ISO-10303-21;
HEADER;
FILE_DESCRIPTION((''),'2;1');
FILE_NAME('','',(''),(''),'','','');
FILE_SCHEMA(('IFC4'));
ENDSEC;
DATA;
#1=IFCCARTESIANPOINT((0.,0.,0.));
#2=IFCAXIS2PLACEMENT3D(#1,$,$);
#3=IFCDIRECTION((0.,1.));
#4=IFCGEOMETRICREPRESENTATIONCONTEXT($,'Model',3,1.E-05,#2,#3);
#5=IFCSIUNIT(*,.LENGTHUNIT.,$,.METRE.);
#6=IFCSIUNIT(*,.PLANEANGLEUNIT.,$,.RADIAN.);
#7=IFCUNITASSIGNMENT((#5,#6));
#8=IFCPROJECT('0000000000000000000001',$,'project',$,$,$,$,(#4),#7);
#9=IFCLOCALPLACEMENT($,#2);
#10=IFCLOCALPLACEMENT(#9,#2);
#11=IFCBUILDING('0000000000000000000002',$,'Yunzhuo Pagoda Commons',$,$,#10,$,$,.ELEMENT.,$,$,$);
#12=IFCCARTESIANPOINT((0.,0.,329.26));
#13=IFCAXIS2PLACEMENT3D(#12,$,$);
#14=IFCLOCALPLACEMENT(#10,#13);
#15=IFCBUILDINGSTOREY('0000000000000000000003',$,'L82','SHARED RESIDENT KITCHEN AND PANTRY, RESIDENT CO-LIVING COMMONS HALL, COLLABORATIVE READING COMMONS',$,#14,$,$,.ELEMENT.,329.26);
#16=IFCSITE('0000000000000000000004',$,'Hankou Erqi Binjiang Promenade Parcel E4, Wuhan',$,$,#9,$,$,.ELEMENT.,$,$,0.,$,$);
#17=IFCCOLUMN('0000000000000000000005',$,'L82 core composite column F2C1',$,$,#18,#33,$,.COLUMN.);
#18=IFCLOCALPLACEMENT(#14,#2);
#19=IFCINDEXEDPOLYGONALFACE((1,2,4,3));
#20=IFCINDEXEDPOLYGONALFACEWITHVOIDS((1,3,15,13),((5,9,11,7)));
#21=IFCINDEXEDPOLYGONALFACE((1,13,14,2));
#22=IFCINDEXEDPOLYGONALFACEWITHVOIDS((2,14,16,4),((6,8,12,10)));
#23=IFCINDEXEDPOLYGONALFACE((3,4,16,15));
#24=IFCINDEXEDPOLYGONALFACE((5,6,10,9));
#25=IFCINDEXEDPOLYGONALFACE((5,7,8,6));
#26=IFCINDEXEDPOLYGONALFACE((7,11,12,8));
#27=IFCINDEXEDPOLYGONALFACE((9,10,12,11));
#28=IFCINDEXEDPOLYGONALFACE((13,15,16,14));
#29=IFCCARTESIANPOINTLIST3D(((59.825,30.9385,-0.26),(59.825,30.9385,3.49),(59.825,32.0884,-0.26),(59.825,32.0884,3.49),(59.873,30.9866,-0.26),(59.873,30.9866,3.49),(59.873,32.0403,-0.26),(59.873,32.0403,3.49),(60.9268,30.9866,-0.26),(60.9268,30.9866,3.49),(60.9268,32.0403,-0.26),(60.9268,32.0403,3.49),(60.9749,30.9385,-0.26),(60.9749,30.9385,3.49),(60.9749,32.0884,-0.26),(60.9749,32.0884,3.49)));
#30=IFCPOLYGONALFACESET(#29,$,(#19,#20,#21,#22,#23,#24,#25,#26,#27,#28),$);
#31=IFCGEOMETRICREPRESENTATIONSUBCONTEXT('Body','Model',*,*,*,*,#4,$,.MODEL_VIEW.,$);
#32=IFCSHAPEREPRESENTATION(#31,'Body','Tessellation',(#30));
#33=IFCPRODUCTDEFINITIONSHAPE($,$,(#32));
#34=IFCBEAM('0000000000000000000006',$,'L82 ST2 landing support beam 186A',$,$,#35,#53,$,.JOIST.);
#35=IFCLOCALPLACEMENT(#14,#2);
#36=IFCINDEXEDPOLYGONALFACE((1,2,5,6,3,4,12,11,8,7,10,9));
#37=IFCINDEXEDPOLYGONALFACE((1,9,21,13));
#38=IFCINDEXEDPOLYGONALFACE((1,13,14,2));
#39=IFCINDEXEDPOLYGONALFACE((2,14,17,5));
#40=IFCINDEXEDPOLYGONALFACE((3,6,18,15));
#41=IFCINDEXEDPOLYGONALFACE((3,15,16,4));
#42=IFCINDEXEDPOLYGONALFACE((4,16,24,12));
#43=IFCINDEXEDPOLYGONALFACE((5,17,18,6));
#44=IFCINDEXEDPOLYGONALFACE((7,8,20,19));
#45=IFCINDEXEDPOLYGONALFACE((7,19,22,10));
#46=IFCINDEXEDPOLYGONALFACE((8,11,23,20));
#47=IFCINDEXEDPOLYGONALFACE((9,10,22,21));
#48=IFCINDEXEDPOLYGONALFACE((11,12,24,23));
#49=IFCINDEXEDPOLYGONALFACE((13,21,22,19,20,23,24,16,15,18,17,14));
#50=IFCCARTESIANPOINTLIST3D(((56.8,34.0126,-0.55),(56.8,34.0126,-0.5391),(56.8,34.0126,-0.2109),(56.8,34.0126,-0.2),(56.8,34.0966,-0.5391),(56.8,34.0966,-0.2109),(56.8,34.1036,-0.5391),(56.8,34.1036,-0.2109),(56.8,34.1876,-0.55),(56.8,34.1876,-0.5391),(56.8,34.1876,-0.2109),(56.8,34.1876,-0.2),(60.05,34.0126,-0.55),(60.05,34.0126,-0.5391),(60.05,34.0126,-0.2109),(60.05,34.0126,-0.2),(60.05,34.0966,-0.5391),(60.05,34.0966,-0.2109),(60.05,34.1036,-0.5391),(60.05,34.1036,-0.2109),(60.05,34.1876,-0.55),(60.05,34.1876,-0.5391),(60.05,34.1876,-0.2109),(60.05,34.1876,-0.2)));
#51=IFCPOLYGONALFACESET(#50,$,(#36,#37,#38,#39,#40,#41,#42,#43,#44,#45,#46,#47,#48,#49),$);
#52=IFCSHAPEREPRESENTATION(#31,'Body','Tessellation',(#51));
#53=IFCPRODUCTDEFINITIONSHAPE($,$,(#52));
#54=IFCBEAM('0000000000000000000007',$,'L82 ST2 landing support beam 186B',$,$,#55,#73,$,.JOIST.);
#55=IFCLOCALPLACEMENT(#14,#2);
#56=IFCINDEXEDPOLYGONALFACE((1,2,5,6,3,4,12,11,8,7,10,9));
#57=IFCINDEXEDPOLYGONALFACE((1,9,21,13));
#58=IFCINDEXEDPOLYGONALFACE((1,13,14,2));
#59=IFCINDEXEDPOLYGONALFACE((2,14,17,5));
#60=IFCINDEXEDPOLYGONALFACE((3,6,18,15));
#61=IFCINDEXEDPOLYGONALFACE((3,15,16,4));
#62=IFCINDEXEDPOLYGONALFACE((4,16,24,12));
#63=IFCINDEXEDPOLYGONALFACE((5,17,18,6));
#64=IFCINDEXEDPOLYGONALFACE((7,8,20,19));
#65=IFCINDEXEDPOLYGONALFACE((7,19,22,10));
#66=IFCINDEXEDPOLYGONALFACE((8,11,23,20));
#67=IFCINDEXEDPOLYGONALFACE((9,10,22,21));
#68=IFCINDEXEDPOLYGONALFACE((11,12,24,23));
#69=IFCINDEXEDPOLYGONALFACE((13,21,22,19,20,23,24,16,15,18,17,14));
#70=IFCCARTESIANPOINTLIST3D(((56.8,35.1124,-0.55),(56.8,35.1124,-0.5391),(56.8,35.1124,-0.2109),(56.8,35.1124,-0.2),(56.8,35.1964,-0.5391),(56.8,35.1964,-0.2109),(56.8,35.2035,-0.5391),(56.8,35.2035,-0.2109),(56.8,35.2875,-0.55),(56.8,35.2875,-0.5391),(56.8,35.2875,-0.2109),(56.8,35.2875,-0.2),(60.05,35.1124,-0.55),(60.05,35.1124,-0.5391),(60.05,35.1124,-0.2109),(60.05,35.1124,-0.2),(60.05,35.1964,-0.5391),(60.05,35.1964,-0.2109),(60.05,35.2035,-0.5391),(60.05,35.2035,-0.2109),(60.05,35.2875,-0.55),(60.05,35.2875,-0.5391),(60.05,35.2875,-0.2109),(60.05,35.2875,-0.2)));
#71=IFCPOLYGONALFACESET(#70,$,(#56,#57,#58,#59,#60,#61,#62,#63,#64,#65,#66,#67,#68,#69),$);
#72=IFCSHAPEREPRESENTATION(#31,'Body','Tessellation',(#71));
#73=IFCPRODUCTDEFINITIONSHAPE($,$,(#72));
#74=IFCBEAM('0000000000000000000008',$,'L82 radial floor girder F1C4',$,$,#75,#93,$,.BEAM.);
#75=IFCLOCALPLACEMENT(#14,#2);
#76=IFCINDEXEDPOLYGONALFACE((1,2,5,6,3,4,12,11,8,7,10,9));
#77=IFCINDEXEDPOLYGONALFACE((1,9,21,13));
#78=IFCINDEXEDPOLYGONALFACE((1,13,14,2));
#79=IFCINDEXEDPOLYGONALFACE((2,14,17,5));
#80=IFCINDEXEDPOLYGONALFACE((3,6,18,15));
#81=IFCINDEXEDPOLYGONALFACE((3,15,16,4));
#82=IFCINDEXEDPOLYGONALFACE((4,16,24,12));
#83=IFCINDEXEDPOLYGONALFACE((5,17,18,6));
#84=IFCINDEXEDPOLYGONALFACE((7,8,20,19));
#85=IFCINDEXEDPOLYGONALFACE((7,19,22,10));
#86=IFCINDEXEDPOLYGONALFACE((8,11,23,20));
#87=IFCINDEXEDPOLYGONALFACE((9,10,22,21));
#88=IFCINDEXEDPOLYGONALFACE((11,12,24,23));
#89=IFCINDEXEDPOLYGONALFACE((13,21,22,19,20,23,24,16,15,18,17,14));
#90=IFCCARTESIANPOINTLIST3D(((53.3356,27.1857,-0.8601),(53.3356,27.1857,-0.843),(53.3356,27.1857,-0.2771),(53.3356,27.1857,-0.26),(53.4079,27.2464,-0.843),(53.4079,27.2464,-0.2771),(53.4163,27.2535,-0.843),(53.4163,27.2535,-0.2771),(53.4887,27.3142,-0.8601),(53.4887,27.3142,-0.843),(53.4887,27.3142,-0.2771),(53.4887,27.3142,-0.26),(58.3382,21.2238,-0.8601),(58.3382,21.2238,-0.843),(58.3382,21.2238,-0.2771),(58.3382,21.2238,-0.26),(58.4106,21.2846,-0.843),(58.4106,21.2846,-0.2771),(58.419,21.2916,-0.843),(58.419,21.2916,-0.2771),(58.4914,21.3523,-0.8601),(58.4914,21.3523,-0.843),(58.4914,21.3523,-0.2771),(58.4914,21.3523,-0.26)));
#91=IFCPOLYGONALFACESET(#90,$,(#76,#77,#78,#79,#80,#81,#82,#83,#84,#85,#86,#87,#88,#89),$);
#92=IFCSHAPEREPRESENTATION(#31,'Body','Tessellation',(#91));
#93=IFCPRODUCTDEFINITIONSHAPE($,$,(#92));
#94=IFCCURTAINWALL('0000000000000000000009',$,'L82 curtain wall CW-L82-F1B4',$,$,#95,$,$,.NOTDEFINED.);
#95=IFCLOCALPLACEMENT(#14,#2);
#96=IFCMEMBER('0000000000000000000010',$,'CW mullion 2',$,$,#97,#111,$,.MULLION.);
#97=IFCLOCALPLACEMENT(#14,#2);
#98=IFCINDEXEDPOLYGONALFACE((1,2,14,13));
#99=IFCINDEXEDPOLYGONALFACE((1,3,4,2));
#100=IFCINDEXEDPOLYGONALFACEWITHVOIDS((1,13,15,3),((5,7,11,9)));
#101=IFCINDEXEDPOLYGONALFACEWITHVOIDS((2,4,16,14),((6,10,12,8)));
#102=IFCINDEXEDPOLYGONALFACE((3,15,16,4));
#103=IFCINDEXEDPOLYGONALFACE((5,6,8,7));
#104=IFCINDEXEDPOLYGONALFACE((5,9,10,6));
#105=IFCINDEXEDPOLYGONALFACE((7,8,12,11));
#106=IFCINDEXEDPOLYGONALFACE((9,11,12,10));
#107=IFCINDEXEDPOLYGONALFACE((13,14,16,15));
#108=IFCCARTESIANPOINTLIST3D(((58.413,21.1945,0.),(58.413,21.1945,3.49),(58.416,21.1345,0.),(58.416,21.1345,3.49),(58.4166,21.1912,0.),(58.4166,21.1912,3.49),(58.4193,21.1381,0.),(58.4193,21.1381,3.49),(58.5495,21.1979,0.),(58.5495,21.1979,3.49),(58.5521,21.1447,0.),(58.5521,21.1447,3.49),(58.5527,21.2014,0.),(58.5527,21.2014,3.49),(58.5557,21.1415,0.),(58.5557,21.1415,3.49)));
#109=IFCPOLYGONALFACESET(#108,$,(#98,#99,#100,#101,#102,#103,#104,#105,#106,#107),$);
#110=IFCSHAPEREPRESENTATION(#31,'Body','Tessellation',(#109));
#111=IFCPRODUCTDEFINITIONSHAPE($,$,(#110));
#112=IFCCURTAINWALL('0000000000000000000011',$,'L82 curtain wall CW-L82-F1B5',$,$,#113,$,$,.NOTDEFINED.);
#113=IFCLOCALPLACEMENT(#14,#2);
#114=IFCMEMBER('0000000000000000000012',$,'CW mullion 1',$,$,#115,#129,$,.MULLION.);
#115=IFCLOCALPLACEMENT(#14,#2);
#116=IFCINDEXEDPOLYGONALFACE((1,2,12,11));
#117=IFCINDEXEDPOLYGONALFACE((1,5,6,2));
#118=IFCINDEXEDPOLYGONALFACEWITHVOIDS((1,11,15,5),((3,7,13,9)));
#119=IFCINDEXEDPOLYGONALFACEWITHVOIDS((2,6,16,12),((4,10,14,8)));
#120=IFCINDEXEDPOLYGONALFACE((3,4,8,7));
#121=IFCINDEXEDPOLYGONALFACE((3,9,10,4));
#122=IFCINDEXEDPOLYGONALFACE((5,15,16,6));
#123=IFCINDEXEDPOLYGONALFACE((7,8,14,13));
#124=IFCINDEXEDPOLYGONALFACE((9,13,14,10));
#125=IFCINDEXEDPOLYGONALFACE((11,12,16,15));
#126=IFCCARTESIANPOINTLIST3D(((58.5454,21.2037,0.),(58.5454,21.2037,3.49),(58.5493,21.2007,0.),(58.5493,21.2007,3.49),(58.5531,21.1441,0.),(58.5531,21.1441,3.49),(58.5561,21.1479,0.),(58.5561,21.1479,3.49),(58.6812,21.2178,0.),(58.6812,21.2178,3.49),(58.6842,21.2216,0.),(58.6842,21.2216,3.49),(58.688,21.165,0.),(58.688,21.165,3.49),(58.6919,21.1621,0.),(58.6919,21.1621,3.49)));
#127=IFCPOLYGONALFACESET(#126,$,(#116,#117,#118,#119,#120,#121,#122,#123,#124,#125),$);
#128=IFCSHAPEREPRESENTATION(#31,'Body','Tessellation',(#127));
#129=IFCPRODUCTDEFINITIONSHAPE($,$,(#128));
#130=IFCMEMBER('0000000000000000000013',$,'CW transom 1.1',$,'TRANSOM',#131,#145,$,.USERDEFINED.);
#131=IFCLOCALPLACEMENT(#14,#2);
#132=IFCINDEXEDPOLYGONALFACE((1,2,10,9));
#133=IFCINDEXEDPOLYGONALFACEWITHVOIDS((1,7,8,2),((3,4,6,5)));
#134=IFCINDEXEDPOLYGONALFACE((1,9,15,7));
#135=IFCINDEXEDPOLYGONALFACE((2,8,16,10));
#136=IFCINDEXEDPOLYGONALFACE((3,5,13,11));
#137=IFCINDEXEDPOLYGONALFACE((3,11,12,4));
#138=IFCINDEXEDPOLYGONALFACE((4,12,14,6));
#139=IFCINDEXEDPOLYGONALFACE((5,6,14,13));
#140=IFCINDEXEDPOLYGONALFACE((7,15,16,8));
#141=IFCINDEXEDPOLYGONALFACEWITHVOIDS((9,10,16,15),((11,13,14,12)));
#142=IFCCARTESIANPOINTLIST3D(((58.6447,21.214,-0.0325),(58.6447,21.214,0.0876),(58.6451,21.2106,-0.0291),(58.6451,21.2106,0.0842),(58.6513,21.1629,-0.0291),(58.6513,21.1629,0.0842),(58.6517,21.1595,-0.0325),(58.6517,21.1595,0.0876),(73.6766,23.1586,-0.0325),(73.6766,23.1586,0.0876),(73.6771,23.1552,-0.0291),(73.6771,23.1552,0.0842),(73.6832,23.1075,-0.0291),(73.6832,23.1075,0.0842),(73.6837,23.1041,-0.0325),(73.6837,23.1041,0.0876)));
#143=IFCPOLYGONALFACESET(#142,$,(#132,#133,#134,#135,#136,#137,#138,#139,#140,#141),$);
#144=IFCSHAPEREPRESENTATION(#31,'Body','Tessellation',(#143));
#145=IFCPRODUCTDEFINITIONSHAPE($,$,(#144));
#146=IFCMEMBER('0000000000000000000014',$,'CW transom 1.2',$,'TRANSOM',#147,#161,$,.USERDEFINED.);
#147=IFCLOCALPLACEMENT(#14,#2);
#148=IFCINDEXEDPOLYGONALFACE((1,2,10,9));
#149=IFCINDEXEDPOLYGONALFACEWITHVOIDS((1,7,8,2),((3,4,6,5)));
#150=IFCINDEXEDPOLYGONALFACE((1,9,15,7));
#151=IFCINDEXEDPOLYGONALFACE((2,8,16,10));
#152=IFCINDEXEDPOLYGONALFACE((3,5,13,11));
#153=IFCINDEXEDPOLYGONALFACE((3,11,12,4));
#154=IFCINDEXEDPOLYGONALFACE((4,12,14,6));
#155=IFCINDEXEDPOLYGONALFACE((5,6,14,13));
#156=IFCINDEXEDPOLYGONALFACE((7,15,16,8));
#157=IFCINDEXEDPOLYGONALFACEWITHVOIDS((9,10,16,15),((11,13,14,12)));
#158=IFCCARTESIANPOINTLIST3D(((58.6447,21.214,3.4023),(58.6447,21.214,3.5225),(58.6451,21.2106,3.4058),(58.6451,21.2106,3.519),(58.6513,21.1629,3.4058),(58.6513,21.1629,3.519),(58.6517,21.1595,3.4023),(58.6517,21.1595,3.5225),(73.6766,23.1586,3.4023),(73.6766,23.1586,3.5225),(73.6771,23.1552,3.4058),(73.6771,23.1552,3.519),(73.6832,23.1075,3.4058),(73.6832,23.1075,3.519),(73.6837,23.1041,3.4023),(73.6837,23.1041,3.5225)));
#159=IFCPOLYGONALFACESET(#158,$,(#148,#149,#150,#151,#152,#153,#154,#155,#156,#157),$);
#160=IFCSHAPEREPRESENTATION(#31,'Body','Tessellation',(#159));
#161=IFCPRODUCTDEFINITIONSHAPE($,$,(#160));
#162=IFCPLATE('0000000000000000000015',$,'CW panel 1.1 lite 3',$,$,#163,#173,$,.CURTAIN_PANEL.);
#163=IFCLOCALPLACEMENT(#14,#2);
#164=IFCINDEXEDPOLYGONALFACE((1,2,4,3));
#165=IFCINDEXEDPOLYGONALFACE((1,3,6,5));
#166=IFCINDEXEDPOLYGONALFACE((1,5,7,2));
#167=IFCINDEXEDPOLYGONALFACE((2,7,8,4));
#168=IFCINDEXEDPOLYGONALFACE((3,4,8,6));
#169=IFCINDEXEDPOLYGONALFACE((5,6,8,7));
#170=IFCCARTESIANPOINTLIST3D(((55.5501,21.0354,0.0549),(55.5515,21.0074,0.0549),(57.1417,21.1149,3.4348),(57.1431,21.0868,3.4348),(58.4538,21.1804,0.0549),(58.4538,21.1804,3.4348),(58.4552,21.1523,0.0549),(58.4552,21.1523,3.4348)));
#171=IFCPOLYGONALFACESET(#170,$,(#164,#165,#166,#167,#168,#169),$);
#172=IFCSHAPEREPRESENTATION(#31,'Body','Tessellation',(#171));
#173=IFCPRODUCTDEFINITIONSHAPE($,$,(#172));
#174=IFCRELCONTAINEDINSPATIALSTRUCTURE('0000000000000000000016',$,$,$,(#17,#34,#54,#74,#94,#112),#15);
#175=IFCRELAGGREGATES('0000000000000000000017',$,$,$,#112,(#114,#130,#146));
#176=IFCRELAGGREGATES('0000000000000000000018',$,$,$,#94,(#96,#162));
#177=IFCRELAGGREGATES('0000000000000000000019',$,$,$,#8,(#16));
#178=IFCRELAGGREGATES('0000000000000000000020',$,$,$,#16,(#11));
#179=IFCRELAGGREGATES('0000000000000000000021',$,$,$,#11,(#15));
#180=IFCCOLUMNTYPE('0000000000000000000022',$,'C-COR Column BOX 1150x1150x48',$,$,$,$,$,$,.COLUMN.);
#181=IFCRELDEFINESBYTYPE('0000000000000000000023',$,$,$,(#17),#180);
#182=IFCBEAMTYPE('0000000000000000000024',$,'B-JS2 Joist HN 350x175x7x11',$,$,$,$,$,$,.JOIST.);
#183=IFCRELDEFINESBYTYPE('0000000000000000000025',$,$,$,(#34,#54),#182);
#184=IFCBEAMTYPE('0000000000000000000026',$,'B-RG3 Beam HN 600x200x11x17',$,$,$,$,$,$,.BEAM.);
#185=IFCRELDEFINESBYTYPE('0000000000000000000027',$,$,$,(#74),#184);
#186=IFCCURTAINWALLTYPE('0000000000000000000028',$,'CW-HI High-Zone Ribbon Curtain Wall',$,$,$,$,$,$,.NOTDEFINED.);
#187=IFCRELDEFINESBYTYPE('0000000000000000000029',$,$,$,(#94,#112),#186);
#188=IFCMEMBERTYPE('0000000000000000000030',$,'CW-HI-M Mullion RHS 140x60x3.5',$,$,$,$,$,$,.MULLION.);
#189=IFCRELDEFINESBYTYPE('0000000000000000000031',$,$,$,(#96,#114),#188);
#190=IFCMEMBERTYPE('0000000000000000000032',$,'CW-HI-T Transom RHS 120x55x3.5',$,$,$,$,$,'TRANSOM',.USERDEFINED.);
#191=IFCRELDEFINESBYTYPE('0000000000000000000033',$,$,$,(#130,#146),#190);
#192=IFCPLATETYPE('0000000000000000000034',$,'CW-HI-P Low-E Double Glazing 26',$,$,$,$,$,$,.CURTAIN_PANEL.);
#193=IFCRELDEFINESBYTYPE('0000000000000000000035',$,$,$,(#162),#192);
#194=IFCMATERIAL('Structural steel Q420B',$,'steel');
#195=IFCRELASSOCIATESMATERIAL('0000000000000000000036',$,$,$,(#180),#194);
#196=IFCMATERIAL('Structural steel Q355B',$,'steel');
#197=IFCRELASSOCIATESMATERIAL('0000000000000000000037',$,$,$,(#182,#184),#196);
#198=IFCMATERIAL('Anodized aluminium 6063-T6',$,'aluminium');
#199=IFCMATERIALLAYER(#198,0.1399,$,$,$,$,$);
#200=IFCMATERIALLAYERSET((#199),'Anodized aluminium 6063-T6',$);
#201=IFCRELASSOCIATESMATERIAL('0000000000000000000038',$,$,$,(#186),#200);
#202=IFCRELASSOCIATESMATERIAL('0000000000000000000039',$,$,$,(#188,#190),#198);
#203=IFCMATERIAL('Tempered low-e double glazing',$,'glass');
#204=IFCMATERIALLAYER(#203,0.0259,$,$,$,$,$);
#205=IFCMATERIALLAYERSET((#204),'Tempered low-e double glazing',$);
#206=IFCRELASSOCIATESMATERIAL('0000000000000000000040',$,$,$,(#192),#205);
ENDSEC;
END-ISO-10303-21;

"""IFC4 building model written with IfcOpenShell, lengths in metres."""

from ifc_helpers import new_model, si_unit, direction, frame, origin, origin_2d, place, context, subcontext, project, spatial, polyline, hollow_rectangle, i_section, outline, extrude, source, transform, mapped, material, layer, layer_set, material_profile, profile_set, type_object, element, aggregate, save


model = new_model("IFC4")

# Units and contexts
model_context = context("Model", 3, precision=1e-05, world=origin(), true_north=direction((0.0, 1.0)))
body_context = subcontext(model_context, "Body", "Model", "MODEL_VIEW")
ifc_project = project(units=[si_unit("LENGTHUNIT", "METRE"), si_unit("PLANEANGLEUNIT", "RADIAN")], contexts=[model_context])

# Site, building, storey
site_placement = place(None, origin())
site = spatial("IfcSite", under=ifc_project, at=site_placement, Name="Hankou Erqi Binjiang Promenade Parcel E4, Wuhan", CompositionType="ELEMENT", RefElevation=0.0)
building_placement = place(site_placement, origin())
building = spatial("IfcBuilding", under=site, at=building_placement, Name="Yunzhuo Pagoda Commons", CompositionType="ELEMENT")
storey_placement = place(building_placement, frame((0.0, 0.0, 329.26)))
storey = spatial("IfcBuildingStorey", under=building, at=storey_placement, Name="L82", Description="SHARED RESIDENT KITCHEN AND PANTRY, RESIDENT CO-LIVING COMMONS HALL, COLLABORATIVE READING COMMONS", CompositionType="ELEMENT", Elevation=329.26)

# Column
ifc_material_1 = material(Name="Structural steel Q420B", Category="steel")
ifc_material_profile_1 = material_profile(ifc_material_1, hollow_rectangle(XDim=1.1499, YDim=1.1499, WallThickness=0.0481, at=origin_2d()), Name="Structural steel Q420B")
ifc_profile_set_1 = profile_set([ifc_material_profile_1], Name="Structural steel Q420B")
column_type = type_object("IfcColumnType", Name="C-COR Column BOX 1150x1150x48", PredefinedType="COLUMN", material=ifc_profile_set_1)
shared_shape_1 = source(origin(), body_context, "Body", "SweptSolid", [
    extrude(hollow_rectangle(XDim=1.1499, YDim=1.1499, WallThickness=0.0481, at=origin_2d()), origin(), (0.0, 0.0, 1.0), 3.75),
])
column_placement = place(storey_placement, frame((60.3999, 31.5134, -0.26), z_axis=(0.0, 0.0, 1.0), x_axis=(1.0, 0.0, 0.0)))
element("IfcColumn", 1, at=column_placement, inside=storey, type_object=column_type, Name="L82 core composite column F2C1", PredefinedType="COLUMN", context=body_context, shape_type="MappedRepresentation", body=[
    mapped(shared_shape_1, transform((0.0, 0.0, 0.0), scale=1.0)),
])

# Beams
ifc_material_2 = material(Name="Structural steel Q355B", Category="steel")
ifc_material_profile_2 = material_profile(ifc_material_2, i_section(OverallWidth=0.175, OverallDepth=0.3501, WebThickness=0.0071, FlangeThickness=0.011, at=origin_2d()), Name="Structural steel Q355B")
ifc_profile_set_2 = profile_set([ifc_material_profile_2], Name="Structural steel Q355B")
beam_type_1 = type_object("IfcBeamType", Name="B-JS2 Joist HN 350x175x7x11", PredefinedType="JOIST", material=ifc_profile_set_2)
shared_shape_2 = source(origin(), body_context, "Body", "SweptSolid", [
    extrude(i_section(OverallWidth=0.175, OverallDepth=0.3501, WebThickness=0.0071, FlangeThickness=0.011, at=origin_2d()), origin(), (0.0, 0.0, 1.0), 3.25),
])
for number, where, z_axis, x_axis, name in (
    (2, (56.8, 34.1001, -0.375), (1.0, 0.0, 0.0), (0.0, 1.0, 0.0), "L82 ST2 landing support beam 186A"),
    (3, (56.8, 35.2, -0.375), (1.0, 0.0, 0.0), (0.0, 1.0, 0.0), "L82 ST2 landing support beam 186B"),
):
    element("IfcBeam", number, at=place(storey_placement, frame(where, z_axis=z_axis, x_axis=x_axis)), inside=storey, type_object=beam_type_1, Name=name, PredefinedType="JOIST", context=body_context, shape_type="MappedRepresentation", body=[
        mapped(shared_shape_2, transform((0.0, 0.0, 0.0), scale=1.0)),
    ])
ifc_material_profile_3 = material_profile(ifc_material_2, i_section(OverallWidth=0.2, OverallDepth=0.6001, WebThickness=0.011, FlangeThickness=0.0171, at=origin_2d()), Name="Structural steel Q355B")
ifc_profile_set_3 = profile_set([ifc_material_profile_3], Name="Structural steel Q355B")
beam_type_2 = type_object("IfcBeamType", Name="B-RG3 Beam HN 600x200x11x17", PredefinedType="BEAM", material=ifc_profile_set_3)
shared_shape_3 = source(origin(), body_context, "Body", "SweptSolid", [
    extrude(i_section(OverallWidth=0.2, OverallDepth=0.6001, WebThickness=0.011, FlangeThickness=0.0171, at=origin_2d()), origin(), (0.0, 0.0, 1.0), 7.7827),
])
beam_placement = place(storey_placement, frame((58.4148, 21.2881, -0.5601), z_axis=(-0.642791, 0.766042, 0.0), x_axis=(-0.766042, -0.642791, 0.0)))
element("IfcBeam", 4, at=beam_placement, inside=storey, type_object=beam_type_2, Name="L82 radial floor girder F1C4", PredefinedType="BEAM", context=body_context, shape_type="MappedRepresentation", body=[
    mapped(shared_shape_3, transform((0.0, 0.0, 0.0), scale=1.0)),
])

# Curtain wall, member
ifc_material_3 = material(Name="Anodized aluminium 6063-T6", Category="aluminium")
ifc_layer_1 = layer(ifc_material_3, 0.1399)
ifc_layer_set_1 = layer_set([ifc_layer_1], Name="Anodized aluminium 6063-T6")
curtain_wall_type = type_object("IfcCurtainWallType", Name="CW-HI High-Zone Ribbon Curtain Wall", PredefinedType="NOTDEFINED", material=ifc_layer_set_1)
curtain_wall_1_placement = place(storey_placement, origin())
curtain_wall_1 = element("IfcCurtainWall", 5, at=curtain_wall_1_placement, inside=storey, type_object=curtain_wall_type, Name="L82 curtain wall CW-L82-F1B4", PredefinedType="NOTDEFINED")
ifc_material_profile_4 = material_profile(ifc_material_3, hollow_rectangle(XDim=0.0601, YDim=0.1399, WallThickness=0.0034, at=origin_2d()), Name="Anodized aluminium 6063-T6")
ifc_profile_set_4 = profile_set([ifc_material_profile_4], Name="Anodized aluminium 6063-T6")
member_type_1 = type_object("IfcMemberType", Name="CW-HI-M Mullion RHS 140x60x3.5", PredefinedType="MULLION", material=ifc_profile_set_4)
shared_shape_4 = source(origin(), body_context, "Body", "SweptSolid", [
    extrude(hollow_rectangle(XDim=0.0601, YDim=0.1399, WallThickness=0.0034, at=origin_2d()), origin(), (0.0, 0.0, 1.0), 3.49),
])
member_1_placement = place(storey_placement, frame((58.4844, 21.168, 0.0), z_axis=(0.0, 0.0, 1.0), x_axis=(-0.04985, 0.998757, 0.0)))
member_1 = element("IfcMember", 6, at=member_1_placement, type_object=member_type_1, Name="CW mullion 2", PredefinedType="MULLION", context=body_context, shape_type="MappedRepresentation", body=[
    mapped(shared_shape_4, transform((0.0, 0.0, 0.0), scale=1.0)),
])

# Curtain wall, members
curtain_wall_2_placement = place(storey_placement, origin())
curtain_wall_2 = element("IfcCurtainWall", 7, at=curtain_wall_2_placement, inside=storey, type_object=curtain_wall_type, Name="L82 curtain wall CW-L82-F1B5", PredefinedType="NOTDEFINED")
member_2_placement = place(storey_placement, frame((58.6187, 21.1829, 0.0), z_axis=(0.0, 0.0, 1.0), x_axis=(-0.128276, 0.991739, 0.0)))
member_2 = element("IfcMember", 8, at=member_2_placement, type_object=member_type_1, Name="CW mullion 1", PredefinedType="MULLION", context=body_context, shape_type="MappedRepresentation", body=[
    mapped(shared_shape_4, transform((0.0, 0.0, 0.0), scale=1.0)),
])
ifc_material_profile_5 = material_profile(ifc_material_3, hollow_rectangle(XDim=0.0549, YDim=0.1201, WallThickness=0.0034, at=origin_2d()), Name="Anodized aluminium 6063-T6")
ifc_profile_set_5 = profile_set([ifc_material_profile_5], Name="Anodized aluminium 6063-T6")
member_type_2 = type_object("IfcMemberType", Name="CW-HI-T Transom RHS 120x55x3.5", ElementType="TRANSOM", PredefinedType="USERDEFINED", material=ifc_profile_set_5)
shared_shape_5 = source(origin(), body_context, "Body", "SweptSolid", [
    extrude(hollow_rectangle(XDim=0.0549, YDim=0.1201, WallThickness=0.0034, at=origin_2d()), origin(), (0.0, 0.0, 1.0), 15.1572),
])
member_3_placement = place(storey_placement, frame((58.6482, 21.1868, 0.0276), z_axis=(0.991736, 0.128294, 0.0), x_axis=(-0.128294, 0.991736, 0.0)))
member_3 = element("IfcMember", 9, at=member_3_placement, type_object=member_type_2, Name="CW transom 1.1", ObjectType="TRANSOM", PredefinedType="USERDEFINED", context=body_context, shape_type="MappedRepresentation", body=[
    mapped(shared_shape_5, transform((0.0, 0.0, 0.0), scale=1.0)),
])
member_4_placement = place(storey_placement, frame((58.6482, 21.1868, 3.4624), z_axis=(0.991736, 0.128294, 0.0), x_axis=(-0.128294, 0.991736, 0.0)))
member_4 = element("IfcMember", 10, at=member_4_placement, type_object=member_type_2, Name="CW transom 1.2", ObjectType="TRANSOM", PredefinedType="USERDEFINED", context=body_context, shape_type="MappedRepresentation", body=[
    mapped(shared_shape_5, transform((0.0, 0.0, 0.0), scale=1.0)),
])
aggregate(curtain_wall_2, [member_2, member_3, member_4])

# Plate
ifc_material_4 = material(Name="Tempered low-e double glazing", Category="glass")
ifc_layer_2 = layer(ifc_material_4, 0.0259)
ifc_layer_set_2 = layer_set([ifc_layer_2], Name="Tempered low-e double glazing")
plate_type = type_object("IfcPlateType", Name="CW-HI-P Low-E Double Glazing 26", PredefinedType="CURTAIN_PANEL", material=ifc_layer_set_2)
plate_placement = place(storey_placement, frame((57.002, 21.1079, 1.7449), z_axis=(0.04985, -0.998757, 0.0), x_axis=(0.998757, 0.04985, 0.0)))
plate = element("IfcPlate", 11, at=plate_placement, type_object=plate_type, Name="CW panel 1.1 lite 3", PredefinedType="CURTAIN_PANEL", context=body_context, shape_type="SweptSolid", body=[
    extrude(outline(polyline([(-1.4536, -1.6899), (1.4536, -1.6899), (1.4536, 1.6899), (0.1399, 1.6899), (-1.4536, -1.6899)])), origin(), (0.0, 0.0, 1.0), 0.0281),
])
aggregate(curtain_wall_1, [member_1, plate])

save(model, "model.ifc")
